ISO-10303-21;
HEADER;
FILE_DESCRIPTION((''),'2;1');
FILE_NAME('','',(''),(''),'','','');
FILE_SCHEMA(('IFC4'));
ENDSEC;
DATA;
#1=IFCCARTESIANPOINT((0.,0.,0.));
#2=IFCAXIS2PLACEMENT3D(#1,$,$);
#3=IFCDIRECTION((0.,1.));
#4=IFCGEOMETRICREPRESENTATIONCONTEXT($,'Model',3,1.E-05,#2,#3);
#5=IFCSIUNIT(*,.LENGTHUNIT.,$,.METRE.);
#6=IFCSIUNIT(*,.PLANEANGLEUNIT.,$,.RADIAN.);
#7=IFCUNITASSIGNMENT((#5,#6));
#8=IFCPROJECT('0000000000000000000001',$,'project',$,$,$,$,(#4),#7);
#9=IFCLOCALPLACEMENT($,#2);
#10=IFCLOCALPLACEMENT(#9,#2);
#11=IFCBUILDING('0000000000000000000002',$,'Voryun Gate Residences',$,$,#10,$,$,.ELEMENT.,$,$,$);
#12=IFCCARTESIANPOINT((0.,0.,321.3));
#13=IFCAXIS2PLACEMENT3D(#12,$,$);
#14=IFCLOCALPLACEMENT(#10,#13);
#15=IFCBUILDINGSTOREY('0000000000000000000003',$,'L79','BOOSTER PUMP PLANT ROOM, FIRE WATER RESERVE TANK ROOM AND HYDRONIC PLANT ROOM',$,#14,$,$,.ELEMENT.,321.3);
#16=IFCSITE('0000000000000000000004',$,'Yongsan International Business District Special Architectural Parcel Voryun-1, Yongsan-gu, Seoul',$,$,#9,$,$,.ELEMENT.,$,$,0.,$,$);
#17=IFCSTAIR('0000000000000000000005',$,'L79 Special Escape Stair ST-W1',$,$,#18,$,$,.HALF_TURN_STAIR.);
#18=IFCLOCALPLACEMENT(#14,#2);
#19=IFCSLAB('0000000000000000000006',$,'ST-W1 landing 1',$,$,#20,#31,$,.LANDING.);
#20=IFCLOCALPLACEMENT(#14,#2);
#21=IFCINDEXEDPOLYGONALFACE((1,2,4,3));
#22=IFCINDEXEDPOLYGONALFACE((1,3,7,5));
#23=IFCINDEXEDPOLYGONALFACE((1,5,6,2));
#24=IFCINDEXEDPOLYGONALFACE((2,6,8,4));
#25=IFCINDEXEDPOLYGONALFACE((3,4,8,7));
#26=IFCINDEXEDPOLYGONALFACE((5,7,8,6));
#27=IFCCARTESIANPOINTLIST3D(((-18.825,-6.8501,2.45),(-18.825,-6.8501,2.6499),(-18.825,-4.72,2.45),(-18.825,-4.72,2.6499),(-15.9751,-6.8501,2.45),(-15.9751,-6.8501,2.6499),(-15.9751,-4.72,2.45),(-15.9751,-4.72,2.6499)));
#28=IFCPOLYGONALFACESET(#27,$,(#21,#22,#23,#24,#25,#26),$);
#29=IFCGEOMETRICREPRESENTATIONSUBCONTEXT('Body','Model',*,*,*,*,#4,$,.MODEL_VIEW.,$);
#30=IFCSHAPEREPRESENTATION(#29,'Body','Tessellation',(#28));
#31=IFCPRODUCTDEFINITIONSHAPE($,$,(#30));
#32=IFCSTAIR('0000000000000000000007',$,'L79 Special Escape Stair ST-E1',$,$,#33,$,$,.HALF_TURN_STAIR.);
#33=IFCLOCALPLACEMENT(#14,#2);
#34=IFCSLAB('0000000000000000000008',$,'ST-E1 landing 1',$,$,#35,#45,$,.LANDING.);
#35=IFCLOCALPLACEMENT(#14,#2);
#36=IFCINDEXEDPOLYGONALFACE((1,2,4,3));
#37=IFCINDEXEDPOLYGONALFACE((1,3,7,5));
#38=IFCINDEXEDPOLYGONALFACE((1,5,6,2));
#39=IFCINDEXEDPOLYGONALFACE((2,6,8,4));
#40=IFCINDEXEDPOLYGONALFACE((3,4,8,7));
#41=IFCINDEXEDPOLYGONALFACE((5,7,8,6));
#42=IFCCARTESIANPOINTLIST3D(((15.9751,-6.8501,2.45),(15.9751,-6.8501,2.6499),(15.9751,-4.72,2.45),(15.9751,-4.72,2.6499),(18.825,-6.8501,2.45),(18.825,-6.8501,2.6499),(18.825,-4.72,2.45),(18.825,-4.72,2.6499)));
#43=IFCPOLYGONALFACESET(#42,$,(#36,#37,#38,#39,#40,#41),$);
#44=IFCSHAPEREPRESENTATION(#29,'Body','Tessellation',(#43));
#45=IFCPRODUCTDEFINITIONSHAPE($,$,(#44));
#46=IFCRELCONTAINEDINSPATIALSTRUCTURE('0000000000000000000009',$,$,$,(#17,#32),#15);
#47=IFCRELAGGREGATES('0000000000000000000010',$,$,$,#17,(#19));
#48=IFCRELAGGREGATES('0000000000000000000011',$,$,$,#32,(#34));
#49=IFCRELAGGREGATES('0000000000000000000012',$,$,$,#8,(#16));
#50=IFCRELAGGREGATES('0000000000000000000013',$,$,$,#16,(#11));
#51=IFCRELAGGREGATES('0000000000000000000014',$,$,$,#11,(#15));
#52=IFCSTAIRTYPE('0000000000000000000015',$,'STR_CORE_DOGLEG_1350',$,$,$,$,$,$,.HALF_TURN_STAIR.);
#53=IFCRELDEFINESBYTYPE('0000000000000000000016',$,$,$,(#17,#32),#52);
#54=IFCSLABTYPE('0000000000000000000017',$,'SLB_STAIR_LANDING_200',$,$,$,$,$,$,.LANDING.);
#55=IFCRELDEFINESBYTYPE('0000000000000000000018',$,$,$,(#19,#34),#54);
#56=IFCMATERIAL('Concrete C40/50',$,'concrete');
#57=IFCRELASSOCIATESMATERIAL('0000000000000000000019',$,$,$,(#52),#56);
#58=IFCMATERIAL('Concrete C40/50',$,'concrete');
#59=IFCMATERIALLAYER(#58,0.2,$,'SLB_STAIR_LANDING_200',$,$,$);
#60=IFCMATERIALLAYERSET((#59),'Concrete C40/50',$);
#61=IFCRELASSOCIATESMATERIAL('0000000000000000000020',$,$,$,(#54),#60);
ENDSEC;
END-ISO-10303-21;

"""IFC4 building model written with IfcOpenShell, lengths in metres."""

from ifc_helpers import new_model, si_unit, direction, frame, origin, place, context, subcontext, project, spatial, polyline, outline, extrude, material, layer, layer_set, type_object, element, aggregate, save


model = new_model("IFC4")

# Units and contexts
model_context = context("Model", 3, precision=1e-05, world=origin(), true_north=direction((0.0, 1.0)))
body_context = subcontext(model_context, "Body", "Model", "MODEL_VIEW")
ifc_project = project(units=[si_unit("LENGTHUNIT", "METRE"), si_unit("PLANEANGLEUNIT", "RADIAN")], contexts=[model_context])

# Site, building, storey
site_placement = place(None, origin())
site = spatial("IfcSite", under=ifc_project, at=site_placement, Name="Yongsan International Business District Special Architectural Parcel Voryun-1, Yongsan-gu, Seoul", CompositionType="ELEMENT", RefElevation=0.0)
building_placement = place(site_placement, origin())
building = spatial("IfcBuilding", under=site, at=building_placement, Name="Voryun Gate Residences", CompositionType="ELEMENT")
storey_placement = place(building_placement, frame((0.0, 0.0, 321.3)))
storey = spatial("IfcBuildingStorey", under=building, at=storey_placement, Name="L79", Description="BOOSTER PUMP PLANT ROOM, FIRE WATER RESERVE TANK ROOM AND HYDRONIC PLANT ROOM", CompositionType="ELEMENT", Elevation=321.3)

# Stairs, slabs
ifc_material_1 = material(Name="Concrete C40/50", Category="concrete")
stair_type = type_object("IfcStairType", Name="STR_CORE_DOGLEG_1350", PredefinedType="HALF_TURN_STAIR", material=ifc_material_1)
stair_1_placement = place(storey_placement, origin())
stair_1 = element("IfcStair", 1, at=stair_1_placement, inside=storey, type_object=stair_type, Name="L79 Special Escape Stair ST-W1", PredefinedType="HALF_TURN_STAIR")
ifc_material_2 = material(Name="Concrete C40/50", Category="concrete")
ifc_layer_1 = layer(ifc_material_2, 0.2, Name="SLB_STAIR_LANDING_200")
ifc_layer_set_1 = layer_set([ifc_layer_1], Name="Concrete C40/50")
slab_type_1 = type_object("IfcSlabType", Name="SLB_STAIR_LANDING_200", PredefinedType="LANDING", material=ifc_layer_set_1)
slab_1_placement = place(storey_placement, frame((0.0, 0.0, 2.45)))
slab_1 = element("IfcSlab", 2, at=slab_1_placement, type_object=slab_type_1, Name="ST-W1 landing 1", PredefinedType="LANDING", context=body_context, shape_type="SweptSolid", body=[
    extrude(outline(polyline([(-18.825, -4.72), (-18.825, -6.8501), (-15.9751, -6.8501), (-15.9751, -4.72), (-18.825, -4.72)])), origin(), (0.0, 0.0, 1.0), 0.2),
])
aggregate(stair_1, [slab_1])
stair_2_placement = place(storey_placement, origin())
stair_2 = element("IfcStair", 3, at=stair_2_placement, inside=storey, type_object=stair_type, Name="L79 Special Escape Stair ST-E1", PredefinedType="HALF_TURN_STAIR")
slab_2_placement = place(storey_placement, frame((0.0, 0.0, 2.45)))
slab_2 = element("IfcSlab", 4, at=slab_2_placement, type_object=slab_type_1, Name="ST-E1 landing 1", PredefinedType="LANDING", context=body_context, shape_type="SweptSolid", body=[
    extrude(outline(polyline([(15.9751, -4.72), (15.9751, -6.8501), (18.825, -6.8501), (18.825, -4.72), (15.9751, -4.72)])), origin(), (0.0, 0.0, 1.0), 0.2),
])
aggregate(stair_2, [slab_2])

save(model, "model.ifc")
